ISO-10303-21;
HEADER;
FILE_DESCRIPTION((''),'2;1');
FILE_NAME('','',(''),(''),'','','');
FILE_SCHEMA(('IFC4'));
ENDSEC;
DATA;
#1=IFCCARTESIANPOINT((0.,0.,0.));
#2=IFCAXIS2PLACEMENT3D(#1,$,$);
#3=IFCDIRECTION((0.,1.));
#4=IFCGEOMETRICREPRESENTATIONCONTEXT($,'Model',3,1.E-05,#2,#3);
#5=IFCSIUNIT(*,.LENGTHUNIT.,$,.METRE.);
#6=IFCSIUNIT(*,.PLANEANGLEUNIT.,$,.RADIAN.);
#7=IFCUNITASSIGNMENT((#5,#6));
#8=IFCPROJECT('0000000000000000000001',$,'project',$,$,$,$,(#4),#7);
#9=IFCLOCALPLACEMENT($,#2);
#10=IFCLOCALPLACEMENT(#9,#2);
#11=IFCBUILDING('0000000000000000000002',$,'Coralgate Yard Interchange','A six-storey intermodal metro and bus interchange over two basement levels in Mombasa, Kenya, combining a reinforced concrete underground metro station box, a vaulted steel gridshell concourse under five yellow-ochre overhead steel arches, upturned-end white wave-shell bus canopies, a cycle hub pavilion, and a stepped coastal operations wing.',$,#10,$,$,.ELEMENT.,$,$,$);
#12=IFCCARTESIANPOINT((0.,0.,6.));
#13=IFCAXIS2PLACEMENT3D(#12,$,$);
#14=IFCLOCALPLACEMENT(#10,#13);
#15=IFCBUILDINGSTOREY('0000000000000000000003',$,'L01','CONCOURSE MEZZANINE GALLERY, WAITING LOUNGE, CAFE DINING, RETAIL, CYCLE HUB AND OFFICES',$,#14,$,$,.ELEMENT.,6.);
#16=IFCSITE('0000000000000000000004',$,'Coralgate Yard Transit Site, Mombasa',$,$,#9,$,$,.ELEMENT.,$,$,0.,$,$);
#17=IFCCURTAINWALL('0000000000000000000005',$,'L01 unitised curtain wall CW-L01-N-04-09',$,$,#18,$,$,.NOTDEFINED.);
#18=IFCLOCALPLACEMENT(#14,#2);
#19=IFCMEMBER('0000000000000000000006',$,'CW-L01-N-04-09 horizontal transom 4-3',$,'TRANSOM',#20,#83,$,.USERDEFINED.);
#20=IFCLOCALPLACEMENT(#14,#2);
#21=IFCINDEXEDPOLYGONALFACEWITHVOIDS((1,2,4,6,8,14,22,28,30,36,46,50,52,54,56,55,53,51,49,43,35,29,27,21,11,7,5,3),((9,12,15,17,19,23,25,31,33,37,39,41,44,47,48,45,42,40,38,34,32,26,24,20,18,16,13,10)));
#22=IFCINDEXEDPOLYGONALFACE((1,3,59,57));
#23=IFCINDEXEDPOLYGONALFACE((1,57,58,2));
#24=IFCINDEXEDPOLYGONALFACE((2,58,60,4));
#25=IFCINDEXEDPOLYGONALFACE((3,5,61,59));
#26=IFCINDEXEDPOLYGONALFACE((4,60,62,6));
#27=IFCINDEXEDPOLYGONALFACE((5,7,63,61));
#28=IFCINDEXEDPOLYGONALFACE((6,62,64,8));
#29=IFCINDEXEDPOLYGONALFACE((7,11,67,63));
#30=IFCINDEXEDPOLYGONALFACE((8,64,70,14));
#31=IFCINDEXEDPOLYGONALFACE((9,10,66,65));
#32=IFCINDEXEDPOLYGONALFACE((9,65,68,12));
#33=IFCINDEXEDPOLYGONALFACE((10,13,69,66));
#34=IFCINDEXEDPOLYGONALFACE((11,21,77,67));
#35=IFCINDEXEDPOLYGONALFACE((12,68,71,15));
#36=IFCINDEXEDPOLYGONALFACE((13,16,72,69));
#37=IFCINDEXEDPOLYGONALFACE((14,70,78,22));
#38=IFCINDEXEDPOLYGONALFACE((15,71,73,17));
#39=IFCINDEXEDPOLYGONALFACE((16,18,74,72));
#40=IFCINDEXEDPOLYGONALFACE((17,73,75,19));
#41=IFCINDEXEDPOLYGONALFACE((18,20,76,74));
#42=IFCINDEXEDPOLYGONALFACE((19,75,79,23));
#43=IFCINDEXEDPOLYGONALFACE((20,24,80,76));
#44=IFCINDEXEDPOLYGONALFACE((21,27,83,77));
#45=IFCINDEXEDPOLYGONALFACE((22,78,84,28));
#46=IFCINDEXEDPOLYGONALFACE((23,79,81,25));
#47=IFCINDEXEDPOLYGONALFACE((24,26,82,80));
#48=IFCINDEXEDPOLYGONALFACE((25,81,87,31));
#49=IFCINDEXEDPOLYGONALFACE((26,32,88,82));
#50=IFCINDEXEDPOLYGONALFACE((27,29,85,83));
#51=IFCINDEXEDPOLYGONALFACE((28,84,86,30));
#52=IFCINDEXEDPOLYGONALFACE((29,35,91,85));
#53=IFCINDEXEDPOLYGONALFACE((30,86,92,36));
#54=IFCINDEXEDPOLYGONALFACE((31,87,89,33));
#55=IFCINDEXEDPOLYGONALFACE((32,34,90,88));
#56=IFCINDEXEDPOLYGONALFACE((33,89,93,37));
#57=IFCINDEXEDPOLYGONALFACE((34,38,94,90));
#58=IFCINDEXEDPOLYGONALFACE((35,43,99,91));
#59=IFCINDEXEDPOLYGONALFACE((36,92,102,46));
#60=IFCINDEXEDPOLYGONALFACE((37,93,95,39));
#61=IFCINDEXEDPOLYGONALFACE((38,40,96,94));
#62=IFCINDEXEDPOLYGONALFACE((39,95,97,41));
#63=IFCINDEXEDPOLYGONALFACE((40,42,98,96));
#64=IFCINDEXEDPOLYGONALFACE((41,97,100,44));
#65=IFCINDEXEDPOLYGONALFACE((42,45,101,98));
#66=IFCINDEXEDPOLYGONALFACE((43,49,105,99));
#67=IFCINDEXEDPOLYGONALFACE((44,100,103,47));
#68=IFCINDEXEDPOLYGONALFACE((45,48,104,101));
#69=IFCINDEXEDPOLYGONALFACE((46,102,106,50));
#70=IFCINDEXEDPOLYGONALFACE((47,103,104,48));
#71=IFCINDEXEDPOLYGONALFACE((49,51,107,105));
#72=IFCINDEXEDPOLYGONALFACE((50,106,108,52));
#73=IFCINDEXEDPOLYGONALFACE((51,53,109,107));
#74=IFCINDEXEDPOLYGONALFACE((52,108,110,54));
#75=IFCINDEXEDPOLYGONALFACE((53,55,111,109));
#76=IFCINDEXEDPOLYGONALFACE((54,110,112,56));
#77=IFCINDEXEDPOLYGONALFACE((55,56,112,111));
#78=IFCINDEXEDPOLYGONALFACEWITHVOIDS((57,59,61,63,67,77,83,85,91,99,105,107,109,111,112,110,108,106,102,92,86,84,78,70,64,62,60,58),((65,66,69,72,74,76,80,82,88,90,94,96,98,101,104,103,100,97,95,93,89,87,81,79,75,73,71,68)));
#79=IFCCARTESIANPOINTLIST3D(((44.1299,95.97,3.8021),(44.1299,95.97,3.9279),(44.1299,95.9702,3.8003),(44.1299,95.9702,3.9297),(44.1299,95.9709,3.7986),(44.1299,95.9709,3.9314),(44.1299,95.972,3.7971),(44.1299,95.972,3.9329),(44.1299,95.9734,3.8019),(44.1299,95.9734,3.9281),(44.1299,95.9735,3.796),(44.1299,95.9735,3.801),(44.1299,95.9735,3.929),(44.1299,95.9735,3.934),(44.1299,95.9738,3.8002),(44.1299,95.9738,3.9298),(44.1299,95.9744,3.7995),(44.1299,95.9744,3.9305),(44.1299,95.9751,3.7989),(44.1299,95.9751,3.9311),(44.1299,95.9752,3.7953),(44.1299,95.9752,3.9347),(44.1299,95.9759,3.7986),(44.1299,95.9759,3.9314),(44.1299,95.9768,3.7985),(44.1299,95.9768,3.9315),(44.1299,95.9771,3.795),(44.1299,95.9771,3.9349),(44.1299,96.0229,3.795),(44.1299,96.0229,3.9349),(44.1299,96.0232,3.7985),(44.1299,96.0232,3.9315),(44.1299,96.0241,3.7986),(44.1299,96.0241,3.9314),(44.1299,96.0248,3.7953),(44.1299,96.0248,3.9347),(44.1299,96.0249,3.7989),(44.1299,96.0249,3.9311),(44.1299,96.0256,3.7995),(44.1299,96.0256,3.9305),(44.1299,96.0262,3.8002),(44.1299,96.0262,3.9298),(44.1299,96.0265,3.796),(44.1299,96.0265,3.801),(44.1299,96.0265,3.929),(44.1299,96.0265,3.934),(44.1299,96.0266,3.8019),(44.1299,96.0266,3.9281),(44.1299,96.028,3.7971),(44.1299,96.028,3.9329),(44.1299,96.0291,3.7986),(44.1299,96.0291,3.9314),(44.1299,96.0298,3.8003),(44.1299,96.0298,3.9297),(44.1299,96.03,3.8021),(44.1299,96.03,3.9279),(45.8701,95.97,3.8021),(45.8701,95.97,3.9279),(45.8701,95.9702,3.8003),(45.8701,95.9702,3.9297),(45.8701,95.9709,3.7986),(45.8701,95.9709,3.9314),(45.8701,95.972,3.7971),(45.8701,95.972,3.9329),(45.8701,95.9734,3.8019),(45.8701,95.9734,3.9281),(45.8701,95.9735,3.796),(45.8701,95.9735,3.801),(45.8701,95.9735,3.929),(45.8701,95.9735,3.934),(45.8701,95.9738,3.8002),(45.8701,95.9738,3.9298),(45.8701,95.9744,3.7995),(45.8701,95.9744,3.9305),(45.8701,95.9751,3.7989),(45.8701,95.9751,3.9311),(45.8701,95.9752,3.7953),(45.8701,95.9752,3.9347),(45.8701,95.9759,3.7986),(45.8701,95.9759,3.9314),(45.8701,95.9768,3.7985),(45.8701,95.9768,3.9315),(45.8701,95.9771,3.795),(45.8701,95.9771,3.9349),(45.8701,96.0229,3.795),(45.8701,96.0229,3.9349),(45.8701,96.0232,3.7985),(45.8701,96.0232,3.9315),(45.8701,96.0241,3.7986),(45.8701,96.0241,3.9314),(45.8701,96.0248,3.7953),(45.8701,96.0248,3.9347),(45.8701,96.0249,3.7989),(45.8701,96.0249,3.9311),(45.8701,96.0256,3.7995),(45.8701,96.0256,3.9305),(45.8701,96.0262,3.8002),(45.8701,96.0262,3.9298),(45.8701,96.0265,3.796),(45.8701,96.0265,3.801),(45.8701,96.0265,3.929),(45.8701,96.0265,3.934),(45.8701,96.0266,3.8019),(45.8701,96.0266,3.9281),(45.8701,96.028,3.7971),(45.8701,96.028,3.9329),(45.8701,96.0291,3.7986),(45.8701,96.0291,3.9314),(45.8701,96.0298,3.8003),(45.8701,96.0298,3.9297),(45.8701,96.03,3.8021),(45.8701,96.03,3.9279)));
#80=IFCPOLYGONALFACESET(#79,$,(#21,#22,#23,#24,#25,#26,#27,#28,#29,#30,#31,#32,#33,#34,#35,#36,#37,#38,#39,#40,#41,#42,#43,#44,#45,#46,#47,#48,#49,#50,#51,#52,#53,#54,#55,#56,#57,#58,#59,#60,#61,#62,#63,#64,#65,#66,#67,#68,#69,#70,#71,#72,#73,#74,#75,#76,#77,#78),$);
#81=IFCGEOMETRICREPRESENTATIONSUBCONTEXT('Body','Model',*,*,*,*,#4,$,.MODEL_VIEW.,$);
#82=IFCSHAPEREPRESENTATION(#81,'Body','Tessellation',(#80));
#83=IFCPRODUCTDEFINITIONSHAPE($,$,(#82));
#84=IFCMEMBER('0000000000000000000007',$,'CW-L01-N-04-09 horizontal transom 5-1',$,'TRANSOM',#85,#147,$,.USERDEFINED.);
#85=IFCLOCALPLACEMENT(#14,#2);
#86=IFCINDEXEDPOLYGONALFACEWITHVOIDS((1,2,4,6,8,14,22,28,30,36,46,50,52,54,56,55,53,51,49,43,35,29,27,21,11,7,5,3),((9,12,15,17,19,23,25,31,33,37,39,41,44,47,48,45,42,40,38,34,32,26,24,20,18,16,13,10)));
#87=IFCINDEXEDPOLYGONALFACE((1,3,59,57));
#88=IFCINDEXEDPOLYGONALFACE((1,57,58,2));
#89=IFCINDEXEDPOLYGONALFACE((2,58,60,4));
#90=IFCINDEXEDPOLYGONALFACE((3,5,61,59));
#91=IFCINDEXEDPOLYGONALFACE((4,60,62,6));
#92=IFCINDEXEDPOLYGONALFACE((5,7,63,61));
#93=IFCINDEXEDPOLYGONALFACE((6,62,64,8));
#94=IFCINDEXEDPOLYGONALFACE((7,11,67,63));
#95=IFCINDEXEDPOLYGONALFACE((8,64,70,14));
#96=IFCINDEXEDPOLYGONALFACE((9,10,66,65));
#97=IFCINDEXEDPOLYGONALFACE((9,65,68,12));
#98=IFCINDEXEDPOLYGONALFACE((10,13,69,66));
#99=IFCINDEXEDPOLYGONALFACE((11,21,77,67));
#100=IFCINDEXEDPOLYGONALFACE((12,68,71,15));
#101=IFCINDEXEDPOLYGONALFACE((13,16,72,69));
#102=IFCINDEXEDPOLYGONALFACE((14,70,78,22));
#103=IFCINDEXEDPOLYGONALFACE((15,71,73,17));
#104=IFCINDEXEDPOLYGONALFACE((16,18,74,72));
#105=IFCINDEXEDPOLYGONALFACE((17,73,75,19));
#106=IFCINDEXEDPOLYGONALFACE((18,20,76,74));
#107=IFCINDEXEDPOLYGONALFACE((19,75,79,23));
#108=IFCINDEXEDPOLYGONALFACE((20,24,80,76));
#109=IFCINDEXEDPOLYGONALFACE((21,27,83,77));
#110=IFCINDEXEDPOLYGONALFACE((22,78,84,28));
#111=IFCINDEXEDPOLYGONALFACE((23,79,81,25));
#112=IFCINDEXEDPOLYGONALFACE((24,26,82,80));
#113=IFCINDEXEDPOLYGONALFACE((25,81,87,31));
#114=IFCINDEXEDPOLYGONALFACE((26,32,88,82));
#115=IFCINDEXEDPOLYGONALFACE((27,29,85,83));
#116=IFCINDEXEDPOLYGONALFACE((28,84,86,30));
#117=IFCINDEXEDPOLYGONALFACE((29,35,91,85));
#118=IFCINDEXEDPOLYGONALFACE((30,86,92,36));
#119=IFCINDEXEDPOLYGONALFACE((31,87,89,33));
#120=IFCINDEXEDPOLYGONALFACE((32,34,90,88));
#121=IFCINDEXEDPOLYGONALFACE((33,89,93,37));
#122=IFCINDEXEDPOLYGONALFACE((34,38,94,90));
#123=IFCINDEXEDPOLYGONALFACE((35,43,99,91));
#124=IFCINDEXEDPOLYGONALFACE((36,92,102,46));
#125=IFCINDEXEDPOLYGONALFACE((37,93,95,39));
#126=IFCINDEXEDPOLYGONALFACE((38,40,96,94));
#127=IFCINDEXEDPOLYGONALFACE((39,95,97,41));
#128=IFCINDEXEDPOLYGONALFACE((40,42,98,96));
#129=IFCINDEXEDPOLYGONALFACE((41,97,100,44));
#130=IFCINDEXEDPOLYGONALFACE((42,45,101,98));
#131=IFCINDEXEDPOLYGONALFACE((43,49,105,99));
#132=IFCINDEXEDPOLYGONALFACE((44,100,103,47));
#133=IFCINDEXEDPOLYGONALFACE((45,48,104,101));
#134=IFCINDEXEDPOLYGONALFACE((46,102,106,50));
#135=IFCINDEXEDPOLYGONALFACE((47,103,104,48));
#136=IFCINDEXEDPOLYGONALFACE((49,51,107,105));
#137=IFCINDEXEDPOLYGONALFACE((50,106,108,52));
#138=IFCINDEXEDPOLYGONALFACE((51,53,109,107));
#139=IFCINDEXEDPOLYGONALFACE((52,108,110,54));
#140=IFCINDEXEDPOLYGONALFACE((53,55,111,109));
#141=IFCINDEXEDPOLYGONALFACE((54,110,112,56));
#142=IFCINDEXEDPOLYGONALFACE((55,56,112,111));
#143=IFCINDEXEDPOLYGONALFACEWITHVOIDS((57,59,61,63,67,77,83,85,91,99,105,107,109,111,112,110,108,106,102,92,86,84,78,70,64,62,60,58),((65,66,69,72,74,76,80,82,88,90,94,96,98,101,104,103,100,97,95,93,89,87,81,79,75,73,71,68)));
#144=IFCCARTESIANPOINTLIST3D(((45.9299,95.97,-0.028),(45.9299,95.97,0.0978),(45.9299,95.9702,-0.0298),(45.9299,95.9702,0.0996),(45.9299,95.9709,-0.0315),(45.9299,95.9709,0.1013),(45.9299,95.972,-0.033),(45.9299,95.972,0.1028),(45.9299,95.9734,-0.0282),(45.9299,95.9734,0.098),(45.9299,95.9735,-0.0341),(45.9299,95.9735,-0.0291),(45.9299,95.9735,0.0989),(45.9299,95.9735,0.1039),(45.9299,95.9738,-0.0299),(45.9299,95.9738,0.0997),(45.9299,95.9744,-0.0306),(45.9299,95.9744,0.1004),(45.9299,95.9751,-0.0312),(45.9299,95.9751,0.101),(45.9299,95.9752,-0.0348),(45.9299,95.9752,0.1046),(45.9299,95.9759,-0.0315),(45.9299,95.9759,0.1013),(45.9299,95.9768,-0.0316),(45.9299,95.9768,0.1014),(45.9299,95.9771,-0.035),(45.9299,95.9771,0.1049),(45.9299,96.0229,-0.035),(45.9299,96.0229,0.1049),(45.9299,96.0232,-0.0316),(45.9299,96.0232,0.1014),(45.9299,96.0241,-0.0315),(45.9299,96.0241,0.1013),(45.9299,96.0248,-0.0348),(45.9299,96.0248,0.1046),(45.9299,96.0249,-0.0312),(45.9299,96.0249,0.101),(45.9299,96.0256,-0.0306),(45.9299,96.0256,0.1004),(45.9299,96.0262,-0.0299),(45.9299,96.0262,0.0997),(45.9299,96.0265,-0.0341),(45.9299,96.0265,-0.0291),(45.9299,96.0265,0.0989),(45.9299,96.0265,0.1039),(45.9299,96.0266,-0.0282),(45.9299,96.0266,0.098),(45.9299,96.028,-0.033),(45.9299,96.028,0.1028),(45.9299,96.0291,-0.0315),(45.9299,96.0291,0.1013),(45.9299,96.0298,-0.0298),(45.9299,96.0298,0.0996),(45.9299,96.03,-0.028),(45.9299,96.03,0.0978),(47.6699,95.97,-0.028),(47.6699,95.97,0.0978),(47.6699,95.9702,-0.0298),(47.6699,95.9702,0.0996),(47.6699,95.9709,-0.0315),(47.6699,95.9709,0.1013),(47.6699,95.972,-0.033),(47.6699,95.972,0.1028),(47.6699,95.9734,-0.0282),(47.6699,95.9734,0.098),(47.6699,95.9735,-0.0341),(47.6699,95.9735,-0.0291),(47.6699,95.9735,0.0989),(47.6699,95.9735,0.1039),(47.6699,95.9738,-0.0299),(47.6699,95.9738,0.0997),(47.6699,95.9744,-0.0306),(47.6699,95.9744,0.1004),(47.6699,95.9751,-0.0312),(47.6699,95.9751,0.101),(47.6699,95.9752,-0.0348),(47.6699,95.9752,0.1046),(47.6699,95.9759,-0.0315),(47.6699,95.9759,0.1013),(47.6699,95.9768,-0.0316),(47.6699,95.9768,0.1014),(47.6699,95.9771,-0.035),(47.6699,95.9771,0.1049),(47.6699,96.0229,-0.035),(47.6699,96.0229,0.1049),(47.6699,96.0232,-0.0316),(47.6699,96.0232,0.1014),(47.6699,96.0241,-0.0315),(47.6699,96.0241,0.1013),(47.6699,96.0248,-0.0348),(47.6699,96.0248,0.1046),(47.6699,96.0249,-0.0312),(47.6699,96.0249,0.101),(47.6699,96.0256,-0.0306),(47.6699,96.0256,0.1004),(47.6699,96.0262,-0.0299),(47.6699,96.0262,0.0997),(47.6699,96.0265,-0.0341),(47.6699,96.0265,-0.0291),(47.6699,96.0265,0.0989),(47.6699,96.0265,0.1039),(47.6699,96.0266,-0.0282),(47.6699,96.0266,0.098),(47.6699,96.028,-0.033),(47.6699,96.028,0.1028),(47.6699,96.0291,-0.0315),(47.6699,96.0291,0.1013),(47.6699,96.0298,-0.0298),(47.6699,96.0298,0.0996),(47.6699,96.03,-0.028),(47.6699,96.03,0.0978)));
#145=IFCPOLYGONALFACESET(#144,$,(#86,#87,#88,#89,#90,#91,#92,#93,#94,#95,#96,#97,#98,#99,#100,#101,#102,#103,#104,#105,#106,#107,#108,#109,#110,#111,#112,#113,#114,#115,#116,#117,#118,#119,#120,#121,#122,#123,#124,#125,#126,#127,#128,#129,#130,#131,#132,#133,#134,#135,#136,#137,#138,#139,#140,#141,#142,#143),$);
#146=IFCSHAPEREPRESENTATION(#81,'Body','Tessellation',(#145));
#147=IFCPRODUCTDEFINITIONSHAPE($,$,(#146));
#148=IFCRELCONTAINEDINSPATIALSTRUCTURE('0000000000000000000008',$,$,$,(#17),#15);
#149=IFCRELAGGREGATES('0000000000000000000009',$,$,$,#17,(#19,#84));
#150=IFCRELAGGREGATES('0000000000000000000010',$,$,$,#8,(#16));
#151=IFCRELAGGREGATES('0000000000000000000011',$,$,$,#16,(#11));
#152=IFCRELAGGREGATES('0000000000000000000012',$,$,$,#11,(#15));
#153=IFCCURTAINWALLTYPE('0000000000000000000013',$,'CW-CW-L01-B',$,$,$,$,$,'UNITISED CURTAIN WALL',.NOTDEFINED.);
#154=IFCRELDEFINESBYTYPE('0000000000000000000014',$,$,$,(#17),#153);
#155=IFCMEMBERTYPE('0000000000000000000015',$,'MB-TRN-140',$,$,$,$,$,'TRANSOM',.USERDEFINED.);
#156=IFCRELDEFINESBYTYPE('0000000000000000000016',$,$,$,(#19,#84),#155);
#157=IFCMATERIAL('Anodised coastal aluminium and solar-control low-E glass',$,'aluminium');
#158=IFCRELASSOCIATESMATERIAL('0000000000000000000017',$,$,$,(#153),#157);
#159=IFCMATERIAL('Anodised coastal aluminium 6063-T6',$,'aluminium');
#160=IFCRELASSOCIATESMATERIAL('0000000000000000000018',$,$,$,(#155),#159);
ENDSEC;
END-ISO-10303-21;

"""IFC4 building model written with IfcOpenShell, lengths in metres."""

from ifc_helpers import new_model, si_unit, direction, frame, origin, origin_2d, place, context, subcontext, project, spatial, hollow_rectangle, extrude, material, material_profile, profile_set, type_object, element, aggregate, save


model = new_model("IFC4")

# Units and contexts
model_context = context("Model", 3, precision=1e-05, world=origin(), true_north=direction((0.0, 1.0)))
body_context = subcontext(model_context, "Body", "Model", "MODEL_VIEW")
ifc_project = project(units=[si_unit("LENGTHUNIT", "METRE"), si_unit("PLANEANGLEUNIT", "RADIAN")], contexts=[model_context])

# Site, building, storey
site_placement = place(None, origin())
site = spatial("IfcSite", under=ifc_project, at=site_placement, Name="Coralgate Yard Transit Site, Mombasa", CompositionType="ELEMENT", RefElevation=0.0)
building_placement = place(site_placement, origin())
building = spatial("IfcBuilding", under=site, at=building_placement, Name="Coralgate Yard Interchange", Description="A six-storey intermodal metro and bus interchange over two basement levels in Mombasa, Kenya, combining a reinforced concrete underground metro station box, a vaulted steel gridshell concourse under five yellow-ochre overhead steel arches, upturned-end white wave-shell bus canopies, a cycle hub pavilion, and a stepped coastal operations wing.", CompositionType="ELEMENT")
storey_placement = place(building_placement, frame((0.0, 0.0, 6.0)))
storey = spatial("IfcBuildingStorey", under=building, at=storey_placement, Name="L01", Description="CONCOURSE MEZZANINE GALLERY, WAITING LOUNGE, CAFE DINING, RETAIL, CYCLE HUB AND OFFICES", CompositionType="ELEMENT", Elevation=6.0)

# Curtain wall
ifc_material_1 = material(Name="Anodised coastal aluminium and solar-control low-E glass", Category="aluminium")
curtain_wall_type = type_object("IfcCurtainWallType", Name="CW-CW-L01-B", ElementType="UNITISED CURTAIN WALL", PredefinedType="NOTDEFINED", material=ifc_material_1)
curtain_wall_placement = place(storey_placement, origin())
curtain_wall = element("IfcCurtainWall", 1, at=curtain_wall_placement, inside=storey, type_object=curtain_wall_type, Name="L01 unitised curtain wall CW-L01-N-04-09", PredefinedType="NOTDEFINED")
ifc_material_2 = material(Name="Anodised coastal aluminium 6063-T6", Category="aluminium")

# Members
ifc_material_profile_1 = material_profile(ifc_material_2, hollow_rectangle(XDim=0.0601, YDim=0.1399, WallThickness=0.0034, InnerFilletRadius=0.0034, OuterFilletRadius=0.0071, at=origin_2d()), Name="ALU 60x140x3.5")
ifc_profile_set_1 = profile_set([ifc_material_profile_1], Name="Anodised coastal aluminium 6063-T6")
member_type_1 = type_object("IfcMemberType", Name="MB-TRN-140", ElementType="TRANSOM", PredefinedType="USERDEFINED", material=ifc_profile_set_1)
member_1_placement = place(storey_placement, frame((44.1299, 96.0, 3.865), z_axis=(1.0, 0.0, 0.0), x_axis=(0.0, 1.0, 0.0)))
member_1 = element("IfcMember", 2, at=member_1_placement, type_object=member_type_1, Name="CW-L01-N-04-09 horizontal transom 4-3", ObjectType="TRANSOM", PredefinedType="USERDEFINED", context=body_context, shape_type="SweptSolid", body=[
    extrude(hollow_rectangle(XDim=0.0601, YDim=0.1399, WallThickness=0.0034, InnerFilletRadius=0.0034, OuterFilletRadius=0.0071, at=origin_2d()), origin(), (0.0, 0.0, 1.0), 1.7402),
])
member_2_placement = place(storey_placement, frame((45.9299, 96.0, 0.0349), z_axis=(1.0, 0.0, 0.0), x_axis=(0.0, 1.0, 0.0)))
member_2 = element("IfcMember", 3, at=member_2_placement, type_object=member_type_1, Name="CW-L01-N-04-09 horizontal transom 5-1", ObjectType="TRANSOM", PredefinedType="USERDEFINED", context=body_context, shape_type="SweptSolid", body=[
    extrude(hollow_rectangle(XDim=0.0601, YDim=0.1399, WallThickness=0.0034, InnerFilletRadius=0.0034, OuterFilletRadius=0.0071, at=origin_2d()), origin(), (0.0, 0.0, 1.0), 1.74),
])

aggregate(curtain_wall, [member_1, member_2])

save(model, "model.ifc")
